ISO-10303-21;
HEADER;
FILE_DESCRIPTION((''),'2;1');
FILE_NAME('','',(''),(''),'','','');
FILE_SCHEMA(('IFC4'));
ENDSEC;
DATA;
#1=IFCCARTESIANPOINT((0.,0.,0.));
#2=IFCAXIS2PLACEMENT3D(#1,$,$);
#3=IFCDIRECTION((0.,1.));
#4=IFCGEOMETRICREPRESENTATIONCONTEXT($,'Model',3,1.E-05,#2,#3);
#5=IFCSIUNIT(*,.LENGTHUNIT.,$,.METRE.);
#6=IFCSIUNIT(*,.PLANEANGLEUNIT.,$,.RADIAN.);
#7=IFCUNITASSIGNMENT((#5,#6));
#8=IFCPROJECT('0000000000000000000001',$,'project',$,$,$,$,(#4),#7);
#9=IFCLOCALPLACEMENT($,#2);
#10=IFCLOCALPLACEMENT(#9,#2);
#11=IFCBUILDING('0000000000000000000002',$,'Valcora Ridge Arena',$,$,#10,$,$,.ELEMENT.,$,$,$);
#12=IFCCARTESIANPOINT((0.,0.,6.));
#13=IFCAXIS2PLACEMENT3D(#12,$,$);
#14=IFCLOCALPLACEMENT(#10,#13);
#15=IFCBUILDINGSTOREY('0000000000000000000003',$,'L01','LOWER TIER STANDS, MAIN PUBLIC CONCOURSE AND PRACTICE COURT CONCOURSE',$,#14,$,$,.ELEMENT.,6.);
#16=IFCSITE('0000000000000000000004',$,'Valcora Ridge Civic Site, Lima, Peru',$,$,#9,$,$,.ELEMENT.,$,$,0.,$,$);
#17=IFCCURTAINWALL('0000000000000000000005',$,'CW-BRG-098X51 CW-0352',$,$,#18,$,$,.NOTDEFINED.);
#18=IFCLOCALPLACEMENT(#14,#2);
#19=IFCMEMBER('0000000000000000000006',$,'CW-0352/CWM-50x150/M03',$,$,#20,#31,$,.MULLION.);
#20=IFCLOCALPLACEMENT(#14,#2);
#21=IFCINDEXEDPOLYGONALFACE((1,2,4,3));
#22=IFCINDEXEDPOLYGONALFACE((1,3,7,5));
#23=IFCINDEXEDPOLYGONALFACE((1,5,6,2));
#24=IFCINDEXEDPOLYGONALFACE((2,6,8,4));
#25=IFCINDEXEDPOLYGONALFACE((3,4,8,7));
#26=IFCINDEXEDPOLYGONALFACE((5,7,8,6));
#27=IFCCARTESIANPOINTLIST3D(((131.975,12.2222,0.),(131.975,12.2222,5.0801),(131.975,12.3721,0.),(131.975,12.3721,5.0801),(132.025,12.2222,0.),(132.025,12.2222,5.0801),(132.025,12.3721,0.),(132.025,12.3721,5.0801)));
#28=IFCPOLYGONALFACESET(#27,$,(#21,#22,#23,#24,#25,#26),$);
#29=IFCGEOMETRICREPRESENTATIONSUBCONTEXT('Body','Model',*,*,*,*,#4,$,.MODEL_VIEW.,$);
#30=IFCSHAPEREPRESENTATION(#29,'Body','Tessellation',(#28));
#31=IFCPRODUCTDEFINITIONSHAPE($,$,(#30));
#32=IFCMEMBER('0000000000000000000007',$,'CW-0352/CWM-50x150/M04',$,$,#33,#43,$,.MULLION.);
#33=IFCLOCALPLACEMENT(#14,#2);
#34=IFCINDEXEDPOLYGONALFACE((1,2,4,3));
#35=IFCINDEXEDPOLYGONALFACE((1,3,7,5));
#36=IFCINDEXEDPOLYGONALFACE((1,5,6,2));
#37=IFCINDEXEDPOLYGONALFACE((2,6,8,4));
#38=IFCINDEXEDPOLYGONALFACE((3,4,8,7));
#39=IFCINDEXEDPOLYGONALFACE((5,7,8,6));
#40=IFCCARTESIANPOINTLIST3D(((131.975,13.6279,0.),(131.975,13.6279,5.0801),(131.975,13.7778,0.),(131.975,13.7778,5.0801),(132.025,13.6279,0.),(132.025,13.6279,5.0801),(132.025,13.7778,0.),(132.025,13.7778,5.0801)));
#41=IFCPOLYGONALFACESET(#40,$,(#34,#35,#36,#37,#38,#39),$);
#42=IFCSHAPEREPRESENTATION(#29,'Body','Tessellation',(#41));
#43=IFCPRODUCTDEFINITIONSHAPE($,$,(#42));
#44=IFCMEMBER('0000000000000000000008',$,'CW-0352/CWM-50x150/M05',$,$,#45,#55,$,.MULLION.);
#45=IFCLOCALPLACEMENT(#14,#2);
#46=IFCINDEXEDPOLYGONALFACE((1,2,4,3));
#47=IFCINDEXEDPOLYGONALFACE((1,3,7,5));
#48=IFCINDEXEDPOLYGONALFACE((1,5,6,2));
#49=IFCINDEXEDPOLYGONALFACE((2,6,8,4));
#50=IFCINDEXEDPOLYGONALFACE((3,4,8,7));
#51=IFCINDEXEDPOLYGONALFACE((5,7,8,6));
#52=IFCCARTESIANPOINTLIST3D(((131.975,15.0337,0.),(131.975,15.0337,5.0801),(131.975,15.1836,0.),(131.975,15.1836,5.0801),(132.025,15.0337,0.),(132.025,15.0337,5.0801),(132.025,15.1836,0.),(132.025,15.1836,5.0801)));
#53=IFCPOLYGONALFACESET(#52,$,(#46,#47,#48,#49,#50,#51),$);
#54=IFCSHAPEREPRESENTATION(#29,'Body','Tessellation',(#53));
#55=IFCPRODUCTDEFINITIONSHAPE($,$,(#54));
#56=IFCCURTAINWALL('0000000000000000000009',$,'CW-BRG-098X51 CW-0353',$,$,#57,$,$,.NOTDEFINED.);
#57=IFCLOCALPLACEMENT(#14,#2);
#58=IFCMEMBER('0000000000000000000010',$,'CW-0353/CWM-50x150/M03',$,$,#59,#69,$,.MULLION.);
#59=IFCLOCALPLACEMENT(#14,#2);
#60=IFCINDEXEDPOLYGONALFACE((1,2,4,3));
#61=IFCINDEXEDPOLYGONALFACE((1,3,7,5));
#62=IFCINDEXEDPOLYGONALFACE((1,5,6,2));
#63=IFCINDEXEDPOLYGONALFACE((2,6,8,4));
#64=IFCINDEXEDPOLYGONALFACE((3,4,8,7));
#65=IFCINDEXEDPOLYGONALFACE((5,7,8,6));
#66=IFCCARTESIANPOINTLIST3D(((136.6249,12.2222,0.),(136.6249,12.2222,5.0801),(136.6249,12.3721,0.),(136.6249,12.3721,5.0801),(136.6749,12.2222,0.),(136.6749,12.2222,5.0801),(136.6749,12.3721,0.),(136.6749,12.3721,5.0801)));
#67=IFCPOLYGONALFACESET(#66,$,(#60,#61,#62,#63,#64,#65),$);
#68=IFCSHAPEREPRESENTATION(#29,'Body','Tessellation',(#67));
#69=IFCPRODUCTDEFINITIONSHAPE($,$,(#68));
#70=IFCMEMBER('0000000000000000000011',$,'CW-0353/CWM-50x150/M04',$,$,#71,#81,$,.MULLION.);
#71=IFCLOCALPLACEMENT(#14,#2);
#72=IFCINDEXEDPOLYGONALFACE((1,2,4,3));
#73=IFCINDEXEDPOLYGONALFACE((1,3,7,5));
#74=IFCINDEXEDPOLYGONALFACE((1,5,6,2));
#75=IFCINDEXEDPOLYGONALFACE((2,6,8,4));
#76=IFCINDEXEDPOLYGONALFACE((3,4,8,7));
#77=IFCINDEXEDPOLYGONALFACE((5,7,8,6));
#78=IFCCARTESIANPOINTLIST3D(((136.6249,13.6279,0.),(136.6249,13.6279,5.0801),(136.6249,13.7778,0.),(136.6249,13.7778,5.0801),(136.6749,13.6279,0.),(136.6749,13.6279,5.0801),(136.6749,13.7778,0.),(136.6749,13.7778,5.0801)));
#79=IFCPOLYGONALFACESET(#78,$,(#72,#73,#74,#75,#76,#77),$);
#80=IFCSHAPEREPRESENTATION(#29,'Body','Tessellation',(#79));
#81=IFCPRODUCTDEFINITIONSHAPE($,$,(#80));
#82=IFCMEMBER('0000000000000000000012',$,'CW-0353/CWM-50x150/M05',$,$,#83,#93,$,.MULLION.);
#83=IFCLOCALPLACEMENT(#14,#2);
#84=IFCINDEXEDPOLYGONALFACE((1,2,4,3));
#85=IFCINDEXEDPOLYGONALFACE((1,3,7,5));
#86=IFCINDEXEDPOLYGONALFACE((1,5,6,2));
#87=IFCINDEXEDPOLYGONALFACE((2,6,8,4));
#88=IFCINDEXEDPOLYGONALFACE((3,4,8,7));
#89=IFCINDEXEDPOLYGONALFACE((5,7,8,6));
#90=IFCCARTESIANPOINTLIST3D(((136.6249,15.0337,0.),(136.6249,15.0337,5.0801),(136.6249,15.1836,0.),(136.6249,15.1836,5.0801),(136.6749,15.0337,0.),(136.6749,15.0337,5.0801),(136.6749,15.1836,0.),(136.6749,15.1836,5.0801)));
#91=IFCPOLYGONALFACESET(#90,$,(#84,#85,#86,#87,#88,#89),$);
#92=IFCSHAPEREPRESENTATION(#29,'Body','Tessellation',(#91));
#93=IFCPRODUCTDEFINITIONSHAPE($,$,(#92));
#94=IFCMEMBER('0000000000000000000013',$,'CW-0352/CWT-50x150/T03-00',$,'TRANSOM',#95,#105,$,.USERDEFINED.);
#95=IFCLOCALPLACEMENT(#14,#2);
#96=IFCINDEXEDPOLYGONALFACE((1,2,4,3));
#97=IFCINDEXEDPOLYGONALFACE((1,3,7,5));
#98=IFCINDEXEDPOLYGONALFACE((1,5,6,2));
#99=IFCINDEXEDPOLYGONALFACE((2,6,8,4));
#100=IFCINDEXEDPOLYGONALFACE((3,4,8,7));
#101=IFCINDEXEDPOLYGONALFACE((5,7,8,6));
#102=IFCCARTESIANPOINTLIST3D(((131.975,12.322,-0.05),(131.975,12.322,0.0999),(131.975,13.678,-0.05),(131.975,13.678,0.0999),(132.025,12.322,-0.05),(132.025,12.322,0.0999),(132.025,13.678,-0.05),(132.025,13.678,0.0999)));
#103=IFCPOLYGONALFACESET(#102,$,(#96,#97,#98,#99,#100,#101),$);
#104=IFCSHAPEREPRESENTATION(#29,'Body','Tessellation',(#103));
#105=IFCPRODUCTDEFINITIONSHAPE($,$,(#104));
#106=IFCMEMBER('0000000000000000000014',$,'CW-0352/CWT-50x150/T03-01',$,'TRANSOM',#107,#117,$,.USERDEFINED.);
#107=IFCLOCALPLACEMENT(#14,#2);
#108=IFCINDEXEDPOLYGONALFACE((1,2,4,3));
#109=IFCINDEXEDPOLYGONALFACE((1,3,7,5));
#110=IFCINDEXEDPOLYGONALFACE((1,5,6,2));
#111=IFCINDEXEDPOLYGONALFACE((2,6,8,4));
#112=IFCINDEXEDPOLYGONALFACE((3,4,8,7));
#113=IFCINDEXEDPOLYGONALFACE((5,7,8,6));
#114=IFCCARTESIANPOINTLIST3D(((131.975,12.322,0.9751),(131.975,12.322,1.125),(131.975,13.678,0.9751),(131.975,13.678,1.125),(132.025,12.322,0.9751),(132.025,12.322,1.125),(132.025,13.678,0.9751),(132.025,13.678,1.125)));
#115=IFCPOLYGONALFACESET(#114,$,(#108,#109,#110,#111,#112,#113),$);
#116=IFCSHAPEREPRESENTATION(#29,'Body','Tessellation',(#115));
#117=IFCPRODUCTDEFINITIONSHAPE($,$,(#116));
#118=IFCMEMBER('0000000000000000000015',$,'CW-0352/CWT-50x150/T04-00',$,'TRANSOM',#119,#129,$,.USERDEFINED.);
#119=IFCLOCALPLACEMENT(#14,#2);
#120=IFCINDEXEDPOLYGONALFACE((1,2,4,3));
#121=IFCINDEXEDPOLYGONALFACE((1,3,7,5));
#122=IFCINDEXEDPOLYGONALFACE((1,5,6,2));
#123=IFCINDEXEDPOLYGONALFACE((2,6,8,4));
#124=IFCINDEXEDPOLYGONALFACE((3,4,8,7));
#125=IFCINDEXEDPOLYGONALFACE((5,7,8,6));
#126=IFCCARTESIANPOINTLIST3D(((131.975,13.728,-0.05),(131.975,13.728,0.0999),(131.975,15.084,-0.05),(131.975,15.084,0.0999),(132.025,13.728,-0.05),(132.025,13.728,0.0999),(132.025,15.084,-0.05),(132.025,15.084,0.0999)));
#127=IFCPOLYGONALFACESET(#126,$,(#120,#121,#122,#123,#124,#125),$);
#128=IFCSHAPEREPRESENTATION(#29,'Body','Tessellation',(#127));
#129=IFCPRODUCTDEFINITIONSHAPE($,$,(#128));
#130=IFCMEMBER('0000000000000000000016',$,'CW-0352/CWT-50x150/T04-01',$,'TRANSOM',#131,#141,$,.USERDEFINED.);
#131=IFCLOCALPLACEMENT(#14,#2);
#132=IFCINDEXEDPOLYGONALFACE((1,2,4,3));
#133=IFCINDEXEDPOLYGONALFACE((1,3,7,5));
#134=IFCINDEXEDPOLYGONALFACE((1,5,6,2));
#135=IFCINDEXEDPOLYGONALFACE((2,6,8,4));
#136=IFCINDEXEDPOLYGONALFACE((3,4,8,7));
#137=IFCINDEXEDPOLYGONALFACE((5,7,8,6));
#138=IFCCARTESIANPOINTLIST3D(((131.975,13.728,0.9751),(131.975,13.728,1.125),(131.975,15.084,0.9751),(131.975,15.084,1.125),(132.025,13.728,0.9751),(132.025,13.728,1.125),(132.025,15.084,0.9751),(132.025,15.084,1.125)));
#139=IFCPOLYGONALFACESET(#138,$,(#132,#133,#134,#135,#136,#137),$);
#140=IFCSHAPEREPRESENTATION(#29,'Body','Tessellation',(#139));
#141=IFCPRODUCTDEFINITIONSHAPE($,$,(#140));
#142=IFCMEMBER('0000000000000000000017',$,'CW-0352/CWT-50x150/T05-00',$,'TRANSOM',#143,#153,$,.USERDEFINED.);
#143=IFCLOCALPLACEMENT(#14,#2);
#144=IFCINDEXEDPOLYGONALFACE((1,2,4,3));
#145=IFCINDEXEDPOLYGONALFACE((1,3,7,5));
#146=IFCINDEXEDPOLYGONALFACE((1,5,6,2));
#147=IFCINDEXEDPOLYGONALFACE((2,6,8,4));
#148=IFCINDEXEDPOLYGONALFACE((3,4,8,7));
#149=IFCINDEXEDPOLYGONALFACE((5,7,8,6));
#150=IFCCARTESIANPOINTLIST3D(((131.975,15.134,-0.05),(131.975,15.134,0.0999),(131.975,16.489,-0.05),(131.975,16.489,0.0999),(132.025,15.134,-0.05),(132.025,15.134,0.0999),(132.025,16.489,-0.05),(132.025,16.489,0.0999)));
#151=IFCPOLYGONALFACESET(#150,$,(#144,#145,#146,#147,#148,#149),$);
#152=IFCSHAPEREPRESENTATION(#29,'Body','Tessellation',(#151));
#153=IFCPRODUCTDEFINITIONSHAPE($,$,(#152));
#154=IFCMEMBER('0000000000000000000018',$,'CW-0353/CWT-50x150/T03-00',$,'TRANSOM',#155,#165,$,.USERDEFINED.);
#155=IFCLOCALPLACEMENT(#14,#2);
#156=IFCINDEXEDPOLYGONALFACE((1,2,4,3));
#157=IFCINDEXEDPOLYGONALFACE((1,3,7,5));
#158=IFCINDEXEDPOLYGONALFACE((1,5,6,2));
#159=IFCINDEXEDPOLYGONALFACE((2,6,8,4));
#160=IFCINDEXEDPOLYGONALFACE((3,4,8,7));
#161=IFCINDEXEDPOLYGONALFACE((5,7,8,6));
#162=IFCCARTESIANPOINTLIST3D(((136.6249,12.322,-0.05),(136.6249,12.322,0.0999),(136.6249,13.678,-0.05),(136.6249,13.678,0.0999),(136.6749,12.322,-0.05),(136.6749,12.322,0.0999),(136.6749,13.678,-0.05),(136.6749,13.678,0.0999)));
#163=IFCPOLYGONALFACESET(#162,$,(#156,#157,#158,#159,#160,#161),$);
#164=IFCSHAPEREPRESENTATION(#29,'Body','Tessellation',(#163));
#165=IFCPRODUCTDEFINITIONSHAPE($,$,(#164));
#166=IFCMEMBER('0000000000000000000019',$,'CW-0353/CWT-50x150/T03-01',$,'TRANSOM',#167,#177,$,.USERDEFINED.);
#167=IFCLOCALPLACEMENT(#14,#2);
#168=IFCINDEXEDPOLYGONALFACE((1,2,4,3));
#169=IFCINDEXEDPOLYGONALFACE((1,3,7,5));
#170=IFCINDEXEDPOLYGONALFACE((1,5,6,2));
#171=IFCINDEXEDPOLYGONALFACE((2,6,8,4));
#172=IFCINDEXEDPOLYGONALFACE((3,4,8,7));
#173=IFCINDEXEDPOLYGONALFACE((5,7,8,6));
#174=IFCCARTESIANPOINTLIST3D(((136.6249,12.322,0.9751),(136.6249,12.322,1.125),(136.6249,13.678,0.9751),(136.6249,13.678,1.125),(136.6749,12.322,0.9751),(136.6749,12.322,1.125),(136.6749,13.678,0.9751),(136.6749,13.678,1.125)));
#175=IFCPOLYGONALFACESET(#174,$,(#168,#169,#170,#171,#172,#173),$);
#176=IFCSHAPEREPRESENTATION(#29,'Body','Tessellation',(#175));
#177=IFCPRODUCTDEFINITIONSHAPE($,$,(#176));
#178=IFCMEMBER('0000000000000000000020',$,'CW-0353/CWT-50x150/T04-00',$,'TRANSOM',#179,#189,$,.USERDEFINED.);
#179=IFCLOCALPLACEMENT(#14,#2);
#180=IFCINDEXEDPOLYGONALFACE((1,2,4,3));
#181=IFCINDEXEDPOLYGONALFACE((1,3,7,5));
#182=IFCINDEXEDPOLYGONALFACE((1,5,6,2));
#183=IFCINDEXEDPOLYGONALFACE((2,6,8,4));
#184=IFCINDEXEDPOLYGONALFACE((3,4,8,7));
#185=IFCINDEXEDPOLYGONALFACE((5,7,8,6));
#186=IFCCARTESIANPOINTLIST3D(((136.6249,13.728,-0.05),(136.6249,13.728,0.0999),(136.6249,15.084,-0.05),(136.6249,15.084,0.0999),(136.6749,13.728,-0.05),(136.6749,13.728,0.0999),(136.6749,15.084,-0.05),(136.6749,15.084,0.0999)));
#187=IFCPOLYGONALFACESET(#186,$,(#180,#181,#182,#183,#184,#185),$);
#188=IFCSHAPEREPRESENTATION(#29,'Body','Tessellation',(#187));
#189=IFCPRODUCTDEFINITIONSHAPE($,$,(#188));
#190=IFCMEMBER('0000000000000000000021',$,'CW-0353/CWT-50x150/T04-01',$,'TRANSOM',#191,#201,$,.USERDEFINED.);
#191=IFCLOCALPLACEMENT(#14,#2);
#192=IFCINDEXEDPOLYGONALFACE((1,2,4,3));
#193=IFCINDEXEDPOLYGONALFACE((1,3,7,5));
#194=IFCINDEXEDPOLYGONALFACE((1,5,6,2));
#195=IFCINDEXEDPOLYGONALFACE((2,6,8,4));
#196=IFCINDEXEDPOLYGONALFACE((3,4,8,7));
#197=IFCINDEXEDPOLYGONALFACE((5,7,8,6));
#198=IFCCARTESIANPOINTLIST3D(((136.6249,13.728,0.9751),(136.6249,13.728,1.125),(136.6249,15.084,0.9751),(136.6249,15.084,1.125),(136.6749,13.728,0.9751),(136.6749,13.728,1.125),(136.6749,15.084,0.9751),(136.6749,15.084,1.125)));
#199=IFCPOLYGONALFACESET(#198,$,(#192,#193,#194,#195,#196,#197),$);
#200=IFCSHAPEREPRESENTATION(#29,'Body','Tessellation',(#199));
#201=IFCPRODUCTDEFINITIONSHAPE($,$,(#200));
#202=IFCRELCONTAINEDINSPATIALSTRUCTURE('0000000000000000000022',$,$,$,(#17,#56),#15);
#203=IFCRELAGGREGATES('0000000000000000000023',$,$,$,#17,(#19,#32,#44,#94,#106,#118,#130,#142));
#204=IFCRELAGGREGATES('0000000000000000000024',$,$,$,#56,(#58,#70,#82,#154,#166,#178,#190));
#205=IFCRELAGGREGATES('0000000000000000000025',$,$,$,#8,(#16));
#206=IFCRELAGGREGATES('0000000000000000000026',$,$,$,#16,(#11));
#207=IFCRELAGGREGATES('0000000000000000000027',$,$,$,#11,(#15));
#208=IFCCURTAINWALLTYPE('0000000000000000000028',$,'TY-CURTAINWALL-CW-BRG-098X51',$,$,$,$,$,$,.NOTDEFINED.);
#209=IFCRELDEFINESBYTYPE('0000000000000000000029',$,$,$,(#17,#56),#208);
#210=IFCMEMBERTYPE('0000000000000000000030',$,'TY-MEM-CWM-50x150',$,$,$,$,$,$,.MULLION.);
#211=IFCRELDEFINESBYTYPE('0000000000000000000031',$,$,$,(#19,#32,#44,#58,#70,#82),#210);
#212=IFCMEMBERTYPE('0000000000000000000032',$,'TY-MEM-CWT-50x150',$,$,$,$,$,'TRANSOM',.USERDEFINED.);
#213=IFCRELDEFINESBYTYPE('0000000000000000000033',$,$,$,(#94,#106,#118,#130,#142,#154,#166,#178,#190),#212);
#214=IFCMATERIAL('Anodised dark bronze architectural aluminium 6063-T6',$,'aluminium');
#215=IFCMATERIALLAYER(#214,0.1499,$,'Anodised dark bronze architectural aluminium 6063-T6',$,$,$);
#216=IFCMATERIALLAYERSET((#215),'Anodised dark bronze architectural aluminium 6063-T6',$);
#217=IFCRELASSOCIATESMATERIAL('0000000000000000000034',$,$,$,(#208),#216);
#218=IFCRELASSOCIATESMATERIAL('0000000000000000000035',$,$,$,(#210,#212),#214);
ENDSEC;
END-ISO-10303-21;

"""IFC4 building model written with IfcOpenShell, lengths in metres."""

from ifc_helpers import new_model, si_unit, direction, frame, origin, origin_2d, place, context, subcontext, project, spatial, rectangle, extrude, material, layer, layer_set, material_profile, profile_set, type_object, element, aggregate, save


model = new_model("IFC4")

# Units and contexts
model_context = context("Model", 3, precision=1e-05, world=origin(), true_north=direction((0.0, 1.0)))
body_context = subcontext(model_context, "Body", "Model", "MODEL_VIEW")
ifc_project = project(units=[si_unit("LENGTHUNIT", "METRE"), si_unit("PLANEANGLEUNIT", "RADIAN")], contexts=[model_context])

# Site, building, storey
site_placement = place(None, origin())
site = spatial("IfcSite", under=ifc_project, at=site_placement, Name="Valcora Ridge Civic Site, Lima, Peru", CompositionType="ELEMENT", RefElevation=0.0)
building_placement = place(site_placement, origin())
building = spatial("IfcBuilding", under=site, at=building_placement, Name="Valcora Ridge Arena", CompositionType="ELEMENT")
storey_placement = place(building_placement, frame((0.0, 0.0, 6.0)))
storey = spatial("IfcBuildingStorey", under=building, at=storey_placement, Name="L01", Description="LOWER TIER STANDS, MAIN PUBLIC CONCOURSE AND PRACTICE COURT CONCOURSE", CompositionType="ELEMENT", Elevation=6.0)

# Curtain walls, members
ifc_material_1 = material(Name="Anodised dark bronze architectural aluminium 6063-T6", Category="aluminium")
ifc_layer_1 = layer(ifc_material_1, 0.1499, Name="Anodised dark bronze architectural aluminium 6063-T6")
ifc_layer_set_1 = layer_set([ifc_layer_1], Name="Anodised dark bronze architectural aluminium 6063-T6")
curtain_wall_type = type_object("IfcCurtainWallType", Name="TY-CURTAINWALL-CW-BRG-098X51", PredefinedType="NOTDEFINED", material=ifc_layer_set_1)
curtain_wall_1_placement = place(storey_placement, origin())
curtain_wall_1 = element("IfcCurtainWall", 1, at=curtain_wall_1_placement, inside=storey, type_object=curtain_wall_type, Name="CW-BRG-098X51 CW-0352", PredefinedType="NOTDEFINED")
ifc_material_profile_1 = material_profile(ifc_material_1, rectangle(XDim=0.05, YDim=0.1499, at=origin_2d()), Name="ALU MULLION 50x150")
ifc_profile_set_1 = profile_set([ifc_material_profile_1], Name="Anodised dark bronze architectural aluminium 6063-T6")
member_type_1 = type_object("IfcMemberType", Name="TY-MEM-CWM-50x150", PredefinedType="MULLION", material=ifc_profile_set_1)
member_1_placement = place(storey_placement, frame((132.0, 12.2971, 0.0), z_axis=(0.0, 0.0, 1.0), x_axis=(-1.0, 0.0, 0.0)))
member_1 = element("IfcMember", 2, at=member_1_placement, type_object=member_type_1, Name="CW-0352/CWM-50x150/M03", PredefinedType="MULLION", context=body_context, shape_type="SweptSolid", body=[
    extrude(rectangle(XDim=0.05, YDim=0.1499, at=origin_2d()), origin(), (0.0, 0.0, 1.0), 5.0801),
])
member_2_placement = place(storey_placement, frame((132.0, 13.7029, 0.0), z_axis=(0.0, 0.0, 1.0), x_axis=(-1.0, 0.0, 0.0)))
member_2 = element("IfcMember", 3, at=member_2_placement, type_object=member_type_1, Name="CW-0352/CWM-50x150/M04", PredefinedType="MULLION", context=body_context, shape_type="SweptSolid", body=[
    extrude(rectangle(XDim=0.05, YDim=0.1499, at=origin_2d()), origin(), (0.0, 0.0, 1.0), 5.0801),
])
member_3_placement = place(storey_placement, frame((132.0, 15.1086, 0.0), z_axis=(0.0, 0.0, 1.0), x_axis=(-1.0, 0.0, 0.0)))
member_3 = element("IfcMember", 4, at=member_3_placement, type_object=member_type_1, Name="CW-0352/CWM-50x150/M05", PredefinedType="MULLION", context=body_context, shape_type="SweptSolid", body=[
    extrude(rectangle(XDim=0.05, YDim=0.1499, at=origin_2d()), origin(), (0.0, 0.0, 1.0), 5.0801),
])
curtain_wall_2_placement = place(storey_placement, origin())
curtain_wall_2 = element("IfcCurtainWall", 5, at=curtain_wall_2_placement, inside=storey, type_object=curtain_wall_type, Name="CW-BRG-098X51 CW-0353", PredefinedType="NOTDEFINED")
member_4_placement = place(storey_placement, frame((136.6499, 12.2971, 0.0), z_axis=(0.0, 0.0, 1.0), x_axis=(-1.0, 0.0, 0.0)))
member_4 = element("IfcMember", 6, at=member_4_placement, type_object=member_type_1, Name="CW-0353/CWM-50x150/M03", PredefinedType="MULLION", context=body_context, shape_type="SweptSolid", body=[
    extrude(rectangle(XDim=0.05, YDim=0.1499, at=origin_2d()), origin(), (0.0, 0.0, 1.0), 5.0801),
])
member_5_placement = place(storey_placement, frame((136.6499, 13.7029, 0.0), z_axis=(0.0, 0.0, 1.0), x_axis=(-1.0, 0.0, 0.0)))
member_5 = element("IfcMember", 7, at=member_5_placement, type_object=member_type_1, Name="CW-0353/CWM-50x150/M04", PredefinedType="MULLION", context=body_context, shape_type="SweptSolid", body=[
    extrude(rectangle(XDim=0.05, YDim=0.1499, at=origin_2d()), origin(), (0.0, 0.0, 1.0), 5.0801),
])
member_6_placement = place(storey_placement, frame((136.6499, 15.1086, 0.0), z_axis=(0.0, 0.0, 1.0), x_axis=(-1.0, 0.0, 0.0)))
member_6 = element("IfcMember", 8, at=member_6_placement, type_object=member_type_1, Name="CW-0353/CWM-50x150/M05", PredefinedType="MULLION", context=body_context, shape_type="SweptSolid", body=[
    extrude(rectangle(XDim=0.05, YDim=0.1499, at=origin_2d()), origin(), (0.0, 0.0, 1.0), 5.0801),
])

# Members
ifc_material_profile_2 = material_profile(ifc_material_1, rectangle(XDim=0.05, YDim=0.1499, at=origin_2d()), Name="ALU TRANSOM 50x150")
ifc_profile_set_2 = profile_set([ifc_material_profile_2], Name="Anodised dark bronze architectural aluminium 6063-T6")
member_type_2 = type_object("IfcMemberType", Name="TY-MEM-CWT-50x150", ElementType="TRANSOM", PredefinedType="USERDEFINED", material=ifc_profile_set_2)
member_7_placement = place(storey_placement, frame((132.0, 12.322, 0.0249), z_axis=(0.0, 1.0, 0.0), x_axis=(-1.0, 0.0, 0.0)))
member_7 = element("IfcMember", 9, at=member_7_placement, type_object=member_type_2, Name="CW-0352/CWT-50x150/T03-00", ObjectType="TRANSOM", PredefinedType="USERDEFINED", context=body_context, shape_type="SweptSolid", body=[
    extrude(rectangle(XDim=0.05, YDim=0.1499, at=origin_2d()), origin(), (0.0, 0.0, 1.0), 1.356),
])
member_8_placement = place(storey_placement, frame((132.0, 12.322, 1.05), z_axis=(0.0, 1.0, 0.0), x_axis=(-1.0, 0.0, 0.0)))
member_8 = element("IfcMember", 10, at=member_8_placement, type_object=member_type_2, Name="CW-0352/CWT-50x150/T03-01", ObjectType="TRANSOM", PredefinedType="USERDEFINED", context=body_context, shape_type="SweptSolid", body=[
    extrude(rectangle(XDim=0.05, YDim=0.1499, at=origin_2d()), origin(), (0.0, 0.0, 1.0), 1.356),
])
member_9_placement = place(storey_placement, frame((132.0, 13.728, 0.0249), z_axis=(0.0, 1.0, 0.0), x_axis=(-1.0, 0.0, 0.0)))
member_9 = element("IfcMember", 11, at=member_9_placement, type_object=member_type_2, Name="CW-0352/CWT-50x150/T04-00", ObjectType="TRANSOM", PredefinedType="USERDEFINED", context=body_context, shape_type="SweptSolid", body=[
    extrude(rectangle(XDim=0.05, YDim=0.1499, at=origin_2d()), origin(), (0.0, 0.0, 1.0), 1.356),
])
member_10_placement = place(storey_placement, frame((132.0, 13.728, 1.05), z_axis=(0.0, 1.0, 0.0), x_axis=(-1.0, 0.0, 0.0)))
member_10 = element("IfcMember", 12, at=member_10_placement, type_object=member_type_2, Name="CW-0352/CWT-50x150/T04-01", ObjectType="TRANSOM", PredefinedType="USERDEFINED", context=body_context, shape_type="SweptSolid", body=[
    extrude(rectangle(XDim=0.05, YDim=0.1499, at=origin_2d()), origin(), (0.0, 0.0, 1.0), 1.356),
])
member_11_placement = place(storey_placement, frame((132.0, 15.134, 0.0249), z_axis=(0.0, 1.0, 0.0), x_axis=(-1.0, 0.0, 0.0)))
member_11 = element("IfcMember", 13, at=member_11_placement, type_object=member_type_2, Name="CW-0352/CWT-50x150/T05-00", ObjectType="TRANSOM", PredefinedType="USERDEFINED", context=body_context, shape_type="SweptSolid", body=[
    extrude(rectangle(XDim=0.05, YDim=0.1499, at=origin_2d()), origin(), (0.0, 0.0, 1.0), 1.355),
])
member_12_placement = place(storey_placement, frame((136.6499, 12.322, 0.0249), z_axis=(0.0, 1.0, 0.0), x_axis=(-1.0, 0.0, 0.0)))
member_12 = element("IfcMember", 14, at=member_12_placement, type_object=member_type_2, Name="CW-0353/CWT-50x150/T03-00", ObjectType="TRANSOM", PredefinedType="USERDEFINED", context=body_context, shape_type="SweptSolid", body=[
    extrude(rectangle(XDim=0.05, YDim=0.1499, at=origin_2d()), origin(), (0.0, 0.0, 1.0), 1.356),
])
member_13_placement = place(storey_placement, frame((136.6499, 12.322, 1.05), z_axis=(0.0, 1.0, 0.0), x_axis=(-1.0, 0.0, 0.0)))
member_13 = element("IfcMember", 15, at=member_13_placement, type_object=member_type_2, Name="CW-0353/CWT-50x150/T03-01", ObjectType="TRANSOM", PredefinedType="USERDEFINED", context=body_context, shape_type="SweptSolid", body=[
    extrude(rectangle(XDim=0.05, YDim=0.1499, at=origin_2d()), origin(), (0.0, 0.0, 1.0), 1.356),
])
member_14_placement = place(storey_placement, frame((136.6499, 13.728, 0.0249), z_axis=(0.0, 1.0, 0.0), x_axis=(-1.0, 0.0, 0.0)))
member_14 = element("IfcMember", 16, at=member_14_placement, type_object=member_type_2, Name="CW-0353/CWT-50x150/T04-00", ObjectType="TRANSOM", PredefinedType="USERDEFINED", context=body_context, shape_type="SweptSolid", body=[
    extrude(rectangle(XDim=0.05, YDim=0.1499, at=origin_2d()), origin(), (0.0, 0.0, 1.0), 1.356),
])
member_15_placement = place(storey_placement, frame((136.6499, 13.728, 1.05), z_axis=(0.0, 1.0, 0.0), x_axis=(-1.0, 0.0, 0.0)))
member_15 = element("IfcMember", 17, at=member_15_placement, type_object=member_type_2, Name="CW-0353/CWT-50x150/T04-01", ObjectType="TRANSOM", PredefinedType="USERDEFINED", context=body_context, shape_type="SweptSolid", body=[
    extrude(rectangle(XDim=0.05, YDim=0.1499, at=origin_2d()), origin(), (0.0, 0.0, 1.0), 1.356),
])

aggregate(curtain_wall_1, [member_1, member_2, member_3, member_7, member_8, member_9, member_10, member_11])
aggregate(curtain_wall_2, [member_4, member_5, member_6, member_12, member_13, member_14, member_15])

save(model, "model.ifc")
